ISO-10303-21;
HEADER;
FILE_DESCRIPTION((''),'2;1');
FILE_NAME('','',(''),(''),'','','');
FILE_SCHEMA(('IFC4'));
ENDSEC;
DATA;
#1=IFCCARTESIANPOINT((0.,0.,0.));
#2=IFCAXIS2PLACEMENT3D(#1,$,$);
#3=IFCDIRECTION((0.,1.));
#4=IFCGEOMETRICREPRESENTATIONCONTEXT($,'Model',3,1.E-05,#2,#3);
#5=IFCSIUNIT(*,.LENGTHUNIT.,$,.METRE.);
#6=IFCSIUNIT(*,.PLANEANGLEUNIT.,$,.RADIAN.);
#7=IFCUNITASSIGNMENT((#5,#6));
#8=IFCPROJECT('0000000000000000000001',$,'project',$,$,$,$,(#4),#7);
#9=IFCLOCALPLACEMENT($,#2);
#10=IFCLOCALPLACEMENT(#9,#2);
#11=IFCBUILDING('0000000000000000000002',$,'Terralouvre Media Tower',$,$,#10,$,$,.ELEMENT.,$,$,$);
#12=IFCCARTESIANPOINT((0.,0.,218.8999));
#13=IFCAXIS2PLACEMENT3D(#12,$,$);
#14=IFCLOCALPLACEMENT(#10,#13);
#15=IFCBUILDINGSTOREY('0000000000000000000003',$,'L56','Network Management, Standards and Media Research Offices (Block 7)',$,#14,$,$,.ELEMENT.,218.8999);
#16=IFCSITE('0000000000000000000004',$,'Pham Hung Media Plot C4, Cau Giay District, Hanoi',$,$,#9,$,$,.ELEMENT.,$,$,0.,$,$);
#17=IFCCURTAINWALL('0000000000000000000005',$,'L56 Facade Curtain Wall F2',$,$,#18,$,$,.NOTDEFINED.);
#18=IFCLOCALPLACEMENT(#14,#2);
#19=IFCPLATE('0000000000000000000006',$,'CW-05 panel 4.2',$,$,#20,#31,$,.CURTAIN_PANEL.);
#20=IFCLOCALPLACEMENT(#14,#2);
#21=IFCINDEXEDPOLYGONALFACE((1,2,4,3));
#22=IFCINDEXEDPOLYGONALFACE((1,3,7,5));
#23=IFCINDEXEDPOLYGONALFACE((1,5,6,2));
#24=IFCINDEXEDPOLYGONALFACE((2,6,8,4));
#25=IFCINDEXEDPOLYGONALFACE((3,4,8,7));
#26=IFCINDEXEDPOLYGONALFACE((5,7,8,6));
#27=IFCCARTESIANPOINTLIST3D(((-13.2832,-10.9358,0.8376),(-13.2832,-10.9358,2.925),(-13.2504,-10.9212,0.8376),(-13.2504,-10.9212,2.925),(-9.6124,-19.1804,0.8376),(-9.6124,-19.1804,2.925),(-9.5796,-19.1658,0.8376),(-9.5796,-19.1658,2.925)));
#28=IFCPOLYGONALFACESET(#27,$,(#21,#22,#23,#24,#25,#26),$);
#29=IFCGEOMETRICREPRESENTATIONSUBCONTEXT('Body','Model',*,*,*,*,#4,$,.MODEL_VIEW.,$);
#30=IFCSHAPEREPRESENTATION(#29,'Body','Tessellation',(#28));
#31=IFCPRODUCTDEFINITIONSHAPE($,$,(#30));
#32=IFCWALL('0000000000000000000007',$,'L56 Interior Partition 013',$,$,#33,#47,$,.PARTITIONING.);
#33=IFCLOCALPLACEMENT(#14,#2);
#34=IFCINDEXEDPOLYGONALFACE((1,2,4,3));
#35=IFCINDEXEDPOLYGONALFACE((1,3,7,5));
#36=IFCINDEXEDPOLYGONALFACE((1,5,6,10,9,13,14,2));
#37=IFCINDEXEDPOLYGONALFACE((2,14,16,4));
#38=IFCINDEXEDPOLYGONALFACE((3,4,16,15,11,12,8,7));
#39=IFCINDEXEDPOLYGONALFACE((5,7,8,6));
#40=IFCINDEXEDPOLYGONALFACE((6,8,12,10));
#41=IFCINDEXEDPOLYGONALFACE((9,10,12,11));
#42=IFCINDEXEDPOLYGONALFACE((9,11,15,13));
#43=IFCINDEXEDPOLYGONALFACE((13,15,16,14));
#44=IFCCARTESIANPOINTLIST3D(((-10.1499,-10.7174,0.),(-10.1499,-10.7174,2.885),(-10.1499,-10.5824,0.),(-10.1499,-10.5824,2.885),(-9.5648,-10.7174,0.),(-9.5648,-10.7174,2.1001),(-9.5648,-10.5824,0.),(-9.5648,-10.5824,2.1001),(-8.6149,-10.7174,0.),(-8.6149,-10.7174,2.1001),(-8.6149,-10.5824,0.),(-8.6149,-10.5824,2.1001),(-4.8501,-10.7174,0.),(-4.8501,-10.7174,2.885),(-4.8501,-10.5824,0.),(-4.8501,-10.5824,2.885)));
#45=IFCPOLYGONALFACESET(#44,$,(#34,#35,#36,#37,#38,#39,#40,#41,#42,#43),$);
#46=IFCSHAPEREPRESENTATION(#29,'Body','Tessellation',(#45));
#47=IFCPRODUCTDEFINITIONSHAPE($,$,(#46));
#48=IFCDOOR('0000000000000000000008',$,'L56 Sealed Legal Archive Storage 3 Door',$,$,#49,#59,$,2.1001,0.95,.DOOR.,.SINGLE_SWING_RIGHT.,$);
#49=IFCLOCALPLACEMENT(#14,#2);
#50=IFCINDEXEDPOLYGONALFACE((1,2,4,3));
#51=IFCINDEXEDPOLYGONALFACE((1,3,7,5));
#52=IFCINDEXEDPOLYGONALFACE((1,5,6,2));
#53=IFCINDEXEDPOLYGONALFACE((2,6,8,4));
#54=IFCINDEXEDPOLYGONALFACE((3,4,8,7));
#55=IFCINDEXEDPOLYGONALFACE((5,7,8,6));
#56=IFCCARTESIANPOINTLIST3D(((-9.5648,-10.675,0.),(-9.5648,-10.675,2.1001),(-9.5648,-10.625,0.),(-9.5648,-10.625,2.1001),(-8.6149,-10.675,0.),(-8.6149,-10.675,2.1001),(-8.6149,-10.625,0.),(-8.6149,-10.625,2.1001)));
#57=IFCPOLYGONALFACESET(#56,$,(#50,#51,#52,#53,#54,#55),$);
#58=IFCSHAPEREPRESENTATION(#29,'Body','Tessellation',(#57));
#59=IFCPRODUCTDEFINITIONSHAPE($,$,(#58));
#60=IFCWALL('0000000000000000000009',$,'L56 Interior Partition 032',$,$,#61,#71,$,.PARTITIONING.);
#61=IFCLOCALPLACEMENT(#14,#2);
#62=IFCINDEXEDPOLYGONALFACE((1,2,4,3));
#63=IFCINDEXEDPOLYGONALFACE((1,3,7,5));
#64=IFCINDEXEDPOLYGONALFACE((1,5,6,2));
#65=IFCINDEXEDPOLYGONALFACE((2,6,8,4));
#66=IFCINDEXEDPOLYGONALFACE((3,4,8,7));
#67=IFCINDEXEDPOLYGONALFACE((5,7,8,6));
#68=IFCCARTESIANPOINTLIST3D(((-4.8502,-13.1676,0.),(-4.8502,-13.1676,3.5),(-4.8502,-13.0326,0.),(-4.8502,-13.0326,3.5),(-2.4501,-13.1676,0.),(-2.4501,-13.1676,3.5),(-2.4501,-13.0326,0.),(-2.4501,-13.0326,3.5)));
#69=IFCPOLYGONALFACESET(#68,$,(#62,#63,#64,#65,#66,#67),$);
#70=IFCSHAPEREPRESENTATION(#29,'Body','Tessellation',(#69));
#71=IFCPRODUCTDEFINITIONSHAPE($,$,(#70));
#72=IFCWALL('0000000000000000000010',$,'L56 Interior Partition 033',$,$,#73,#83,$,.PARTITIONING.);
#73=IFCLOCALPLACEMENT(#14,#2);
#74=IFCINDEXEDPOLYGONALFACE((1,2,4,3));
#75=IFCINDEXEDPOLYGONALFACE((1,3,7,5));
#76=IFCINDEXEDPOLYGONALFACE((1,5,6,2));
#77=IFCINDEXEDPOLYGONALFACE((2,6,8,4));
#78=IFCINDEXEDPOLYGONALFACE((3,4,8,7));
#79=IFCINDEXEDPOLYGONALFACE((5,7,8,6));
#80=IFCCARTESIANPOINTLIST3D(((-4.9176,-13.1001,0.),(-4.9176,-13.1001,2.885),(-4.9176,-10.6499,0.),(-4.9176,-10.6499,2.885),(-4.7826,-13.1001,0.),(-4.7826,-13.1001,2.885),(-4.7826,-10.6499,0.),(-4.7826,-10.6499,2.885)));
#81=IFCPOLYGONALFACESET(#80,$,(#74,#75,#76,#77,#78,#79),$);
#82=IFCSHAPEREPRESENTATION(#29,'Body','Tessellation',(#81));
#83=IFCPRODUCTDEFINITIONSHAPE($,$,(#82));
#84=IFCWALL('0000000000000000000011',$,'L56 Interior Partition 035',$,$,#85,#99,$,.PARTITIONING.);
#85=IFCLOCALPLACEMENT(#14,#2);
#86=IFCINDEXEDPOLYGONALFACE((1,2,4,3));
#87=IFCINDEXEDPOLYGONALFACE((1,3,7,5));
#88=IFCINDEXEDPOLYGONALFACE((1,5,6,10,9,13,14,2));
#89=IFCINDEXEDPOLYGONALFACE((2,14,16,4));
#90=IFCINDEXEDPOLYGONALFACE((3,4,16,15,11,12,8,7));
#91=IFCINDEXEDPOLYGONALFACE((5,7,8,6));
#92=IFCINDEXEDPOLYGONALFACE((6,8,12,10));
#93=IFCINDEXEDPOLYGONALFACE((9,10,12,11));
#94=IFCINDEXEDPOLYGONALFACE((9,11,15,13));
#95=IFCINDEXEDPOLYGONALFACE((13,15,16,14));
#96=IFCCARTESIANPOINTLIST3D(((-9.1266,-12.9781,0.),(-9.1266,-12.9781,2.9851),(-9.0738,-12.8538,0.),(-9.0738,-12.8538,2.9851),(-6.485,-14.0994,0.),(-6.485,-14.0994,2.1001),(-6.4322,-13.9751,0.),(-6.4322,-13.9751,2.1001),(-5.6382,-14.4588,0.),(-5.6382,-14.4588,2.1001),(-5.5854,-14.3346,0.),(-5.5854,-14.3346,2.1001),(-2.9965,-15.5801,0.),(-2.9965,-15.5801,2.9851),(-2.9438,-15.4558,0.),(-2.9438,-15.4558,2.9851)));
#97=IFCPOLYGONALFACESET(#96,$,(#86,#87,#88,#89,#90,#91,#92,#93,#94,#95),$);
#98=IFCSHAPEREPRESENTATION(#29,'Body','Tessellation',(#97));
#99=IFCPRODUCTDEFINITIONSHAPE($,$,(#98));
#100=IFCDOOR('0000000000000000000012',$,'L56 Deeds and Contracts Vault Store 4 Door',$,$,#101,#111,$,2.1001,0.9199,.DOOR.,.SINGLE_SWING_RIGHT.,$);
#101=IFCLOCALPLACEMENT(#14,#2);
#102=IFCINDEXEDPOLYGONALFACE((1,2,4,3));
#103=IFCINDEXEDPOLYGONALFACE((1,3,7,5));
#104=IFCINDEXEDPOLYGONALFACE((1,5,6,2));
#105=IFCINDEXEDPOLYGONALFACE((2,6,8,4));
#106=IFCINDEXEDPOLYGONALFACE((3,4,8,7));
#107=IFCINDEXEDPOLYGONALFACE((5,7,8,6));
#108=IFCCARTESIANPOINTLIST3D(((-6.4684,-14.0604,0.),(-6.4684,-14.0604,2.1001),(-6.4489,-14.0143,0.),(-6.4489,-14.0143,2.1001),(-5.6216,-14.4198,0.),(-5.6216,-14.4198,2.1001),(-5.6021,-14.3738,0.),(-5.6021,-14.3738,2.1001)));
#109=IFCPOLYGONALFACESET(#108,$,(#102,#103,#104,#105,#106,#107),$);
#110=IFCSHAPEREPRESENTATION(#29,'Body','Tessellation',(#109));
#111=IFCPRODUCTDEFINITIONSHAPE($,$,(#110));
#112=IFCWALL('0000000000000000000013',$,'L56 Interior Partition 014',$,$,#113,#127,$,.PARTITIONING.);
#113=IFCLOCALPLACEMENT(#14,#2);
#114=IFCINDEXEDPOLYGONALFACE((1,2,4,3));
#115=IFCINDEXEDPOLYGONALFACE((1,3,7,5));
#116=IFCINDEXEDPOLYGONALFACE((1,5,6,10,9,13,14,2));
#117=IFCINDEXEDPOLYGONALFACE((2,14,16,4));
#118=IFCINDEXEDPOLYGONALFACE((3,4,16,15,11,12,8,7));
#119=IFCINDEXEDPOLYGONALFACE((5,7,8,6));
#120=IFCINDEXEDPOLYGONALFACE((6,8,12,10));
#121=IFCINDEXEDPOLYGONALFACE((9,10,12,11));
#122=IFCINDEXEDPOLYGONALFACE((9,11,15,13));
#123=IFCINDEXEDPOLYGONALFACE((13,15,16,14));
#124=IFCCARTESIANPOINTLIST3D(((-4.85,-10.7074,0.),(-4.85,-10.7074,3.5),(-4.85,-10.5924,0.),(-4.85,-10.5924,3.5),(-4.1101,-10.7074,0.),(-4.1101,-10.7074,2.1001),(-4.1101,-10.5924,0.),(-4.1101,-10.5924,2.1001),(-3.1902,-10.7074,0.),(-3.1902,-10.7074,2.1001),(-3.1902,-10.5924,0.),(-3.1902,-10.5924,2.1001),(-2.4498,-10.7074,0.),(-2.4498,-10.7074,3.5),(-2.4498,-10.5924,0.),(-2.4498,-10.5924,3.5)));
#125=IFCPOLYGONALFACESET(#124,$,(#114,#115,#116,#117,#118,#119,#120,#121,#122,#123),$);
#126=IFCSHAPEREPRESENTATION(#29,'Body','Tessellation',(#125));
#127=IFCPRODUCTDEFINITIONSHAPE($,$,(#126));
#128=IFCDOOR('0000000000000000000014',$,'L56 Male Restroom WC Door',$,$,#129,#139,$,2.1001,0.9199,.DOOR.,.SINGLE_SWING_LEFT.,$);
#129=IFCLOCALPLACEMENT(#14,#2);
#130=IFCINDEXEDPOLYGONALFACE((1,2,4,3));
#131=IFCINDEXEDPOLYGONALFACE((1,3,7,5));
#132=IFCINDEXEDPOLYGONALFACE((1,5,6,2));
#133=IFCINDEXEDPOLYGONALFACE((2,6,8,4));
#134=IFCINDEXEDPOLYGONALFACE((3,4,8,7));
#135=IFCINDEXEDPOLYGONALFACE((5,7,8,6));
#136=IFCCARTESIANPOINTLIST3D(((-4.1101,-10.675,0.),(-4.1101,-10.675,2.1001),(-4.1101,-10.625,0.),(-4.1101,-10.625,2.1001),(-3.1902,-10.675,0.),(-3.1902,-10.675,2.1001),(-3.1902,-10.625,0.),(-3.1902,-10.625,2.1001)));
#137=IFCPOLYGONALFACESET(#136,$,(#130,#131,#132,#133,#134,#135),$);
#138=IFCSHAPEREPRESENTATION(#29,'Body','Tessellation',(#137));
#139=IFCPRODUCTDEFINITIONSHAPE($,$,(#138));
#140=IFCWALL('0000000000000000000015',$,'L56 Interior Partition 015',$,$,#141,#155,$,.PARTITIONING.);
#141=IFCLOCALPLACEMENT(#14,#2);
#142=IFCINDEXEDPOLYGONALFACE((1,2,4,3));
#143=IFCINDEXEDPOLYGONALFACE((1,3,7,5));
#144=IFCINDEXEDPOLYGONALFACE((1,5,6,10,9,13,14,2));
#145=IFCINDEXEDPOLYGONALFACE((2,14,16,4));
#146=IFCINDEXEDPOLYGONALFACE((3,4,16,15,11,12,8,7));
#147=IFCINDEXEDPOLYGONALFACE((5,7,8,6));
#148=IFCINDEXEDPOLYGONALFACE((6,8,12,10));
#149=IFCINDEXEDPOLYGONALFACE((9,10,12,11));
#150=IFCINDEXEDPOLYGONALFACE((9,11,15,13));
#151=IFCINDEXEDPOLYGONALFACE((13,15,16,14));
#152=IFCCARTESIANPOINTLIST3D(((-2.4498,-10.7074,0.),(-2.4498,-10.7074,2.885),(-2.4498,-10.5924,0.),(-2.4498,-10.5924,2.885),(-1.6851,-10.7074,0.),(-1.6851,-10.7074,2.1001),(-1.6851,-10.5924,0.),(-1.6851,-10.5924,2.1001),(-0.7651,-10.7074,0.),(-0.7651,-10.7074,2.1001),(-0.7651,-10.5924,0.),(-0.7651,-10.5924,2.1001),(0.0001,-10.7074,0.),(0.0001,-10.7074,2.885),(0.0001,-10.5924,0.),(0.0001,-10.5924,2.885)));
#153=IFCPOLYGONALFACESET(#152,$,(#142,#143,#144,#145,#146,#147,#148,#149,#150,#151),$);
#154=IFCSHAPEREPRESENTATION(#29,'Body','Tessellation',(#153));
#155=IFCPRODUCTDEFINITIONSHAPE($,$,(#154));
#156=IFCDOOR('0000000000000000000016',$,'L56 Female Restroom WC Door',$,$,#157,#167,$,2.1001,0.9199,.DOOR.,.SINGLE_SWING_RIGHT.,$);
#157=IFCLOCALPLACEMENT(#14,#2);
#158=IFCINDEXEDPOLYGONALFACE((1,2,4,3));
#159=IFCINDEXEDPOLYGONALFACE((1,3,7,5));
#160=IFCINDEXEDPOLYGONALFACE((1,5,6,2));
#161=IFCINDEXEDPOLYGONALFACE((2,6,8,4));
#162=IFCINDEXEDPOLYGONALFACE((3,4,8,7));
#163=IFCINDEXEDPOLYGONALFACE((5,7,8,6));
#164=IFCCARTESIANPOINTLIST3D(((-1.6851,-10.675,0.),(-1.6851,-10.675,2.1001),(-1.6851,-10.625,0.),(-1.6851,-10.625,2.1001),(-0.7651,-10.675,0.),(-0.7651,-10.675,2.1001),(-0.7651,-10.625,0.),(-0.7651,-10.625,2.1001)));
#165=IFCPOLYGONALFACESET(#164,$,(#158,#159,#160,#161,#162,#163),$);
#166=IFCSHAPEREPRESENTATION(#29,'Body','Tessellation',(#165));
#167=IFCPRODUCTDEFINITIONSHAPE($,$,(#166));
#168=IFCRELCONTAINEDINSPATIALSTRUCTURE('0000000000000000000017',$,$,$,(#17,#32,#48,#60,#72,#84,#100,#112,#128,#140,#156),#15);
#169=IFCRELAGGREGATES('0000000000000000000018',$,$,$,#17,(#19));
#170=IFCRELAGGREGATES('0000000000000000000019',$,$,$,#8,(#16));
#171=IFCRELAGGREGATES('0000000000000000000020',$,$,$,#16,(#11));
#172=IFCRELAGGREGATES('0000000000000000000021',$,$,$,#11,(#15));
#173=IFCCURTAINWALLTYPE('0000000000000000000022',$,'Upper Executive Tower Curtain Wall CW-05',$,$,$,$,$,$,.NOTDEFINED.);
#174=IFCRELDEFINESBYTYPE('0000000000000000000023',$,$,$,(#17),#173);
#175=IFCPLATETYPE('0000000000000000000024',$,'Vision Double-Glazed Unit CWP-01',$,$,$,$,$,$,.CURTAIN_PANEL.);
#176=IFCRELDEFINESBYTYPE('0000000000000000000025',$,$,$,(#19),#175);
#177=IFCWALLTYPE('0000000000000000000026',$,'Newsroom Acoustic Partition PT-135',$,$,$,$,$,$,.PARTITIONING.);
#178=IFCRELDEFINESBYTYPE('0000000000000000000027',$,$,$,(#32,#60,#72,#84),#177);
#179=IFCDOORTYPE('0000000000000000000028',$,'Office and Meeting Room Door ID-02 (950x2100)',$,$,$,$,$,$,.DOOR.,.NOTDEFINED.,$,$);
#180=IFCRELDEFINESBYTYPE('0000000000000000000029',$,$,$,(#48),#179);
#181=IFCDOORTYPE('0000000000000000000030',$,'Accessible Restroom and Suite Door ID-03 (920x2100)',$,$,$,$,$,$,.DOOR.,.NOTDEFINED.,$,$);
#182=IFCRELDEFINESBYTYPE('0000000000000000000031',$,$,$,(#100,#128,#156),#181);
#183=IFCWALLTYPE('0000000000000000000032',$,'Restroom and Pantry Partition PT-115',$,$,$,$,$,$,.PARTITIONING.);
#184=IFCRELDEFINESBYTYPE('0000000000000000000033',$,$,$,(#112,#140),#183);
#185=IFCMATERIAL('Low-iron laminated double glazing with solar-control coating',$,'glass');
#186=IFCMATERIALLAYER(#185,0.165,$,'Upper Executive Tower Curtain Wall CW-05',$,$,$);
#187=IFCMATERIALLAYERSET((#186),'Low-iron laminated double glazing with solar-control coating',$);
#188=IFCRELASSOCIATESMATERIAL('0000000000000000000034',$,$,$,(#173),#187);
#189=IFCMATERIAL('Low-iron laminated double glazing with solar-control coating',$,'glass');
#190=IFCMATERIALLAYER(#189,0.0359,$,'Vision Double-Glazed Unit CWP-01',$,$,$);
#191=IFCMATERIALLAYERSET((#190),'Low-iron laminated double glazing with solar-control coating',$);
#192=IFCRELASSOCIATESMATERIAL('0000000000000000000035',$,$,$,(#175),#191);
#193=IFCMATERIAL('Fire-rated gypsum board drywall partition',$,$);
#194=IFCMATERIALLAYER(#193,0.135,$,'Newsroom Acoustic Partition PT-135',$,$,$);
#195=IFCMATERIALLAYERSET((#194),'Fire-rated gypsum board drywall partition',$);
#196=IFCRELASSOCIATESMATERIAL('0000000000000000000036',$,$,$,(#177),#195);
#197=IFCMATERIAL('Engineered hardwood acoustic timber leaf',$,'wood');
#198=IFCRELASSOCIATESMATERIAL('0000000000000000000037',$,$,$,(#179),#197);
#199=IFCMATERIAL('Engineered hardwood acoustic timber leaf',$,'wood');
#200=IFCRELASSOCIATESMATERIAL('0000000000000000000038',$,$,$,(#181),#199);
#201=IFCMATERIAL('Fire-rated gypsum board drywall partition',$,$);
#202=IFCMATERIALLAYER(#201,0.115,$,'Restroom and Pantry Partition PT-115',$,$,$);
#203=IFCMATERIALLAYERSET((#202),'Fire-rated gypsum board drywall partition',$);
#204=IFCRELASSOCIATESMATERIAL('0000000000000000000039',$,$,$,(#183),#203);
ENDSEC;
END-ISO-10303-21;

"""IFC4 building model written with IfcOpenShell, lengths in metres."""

from ifc_helpers import new_model, si_unit, direction, frame, frame_2d, origin, origin_2d, place, context, subcontext, project, spatial, rectangle, extrude, material, layer, layer_set, type_object, element, fill, aggregate, save


model = new_model("IFC4")

# Units and contexts
model_context = context("Model", 3, precision=1e-05, world=origin(), true_north=direction((0.0, 1.0)))
body_context = subcontext(model_context, "Body", "Model", "MODEL_VIEW")
ifc_project = project(units=[si_unit("LENGTHUNIT", "METRE"), si_unit("PLANEANGLEUNIT", "RADIAN")], contexts=[model_context])

# Site, building, storey
site_placement = place(None, origin())
site = spatial("IfcSite", under=ifc_project, at=site_placement, Name="Pham Hung Media Plot C4, Cau Giay District, Hanoi", CompositionType="ELEMENT", RefElevation=0.0)
building_placement = place(site_placement, origin())
building = spatial("IfcBuilding", under=site, at=building_placement, Name="Terralouvre Media Tower", CompositionType="ELEMENT")
storey_placement = place(building_placement, frame((0.0, 0.0, 218.8999)))
storey = spatial("IfcBuildingStorey", under=building, at=storey_placement, Name="L56", Description="Network Management, Standards and Media Research Offices (Block 7)", CompositionType="ELEMENT", Elevation=218.8999)

# Curtain wall
ifc_material_1 = material(Name="Low-iron laminated double glazing with solar-control coating", Category="glass")
ifc_layer_1 = layer(ifc_material_1, 0.165, Name="Upper Executive Tower Curtain Wall CW-05")
ifc_layer_set_1 = layer_set([ifc_layer_1], Name="Low-iron laminated double glazing with solar-control coating")
curtain_wall_type = type_object("IfcCurtainWallType", Name="Upper Executive Tower Curtain Wall CW-05", PredefinedType="NOTDEFINED", material=ifc_layer_set_1)
curtain_wall_placement = place(storey_placement, origin())
curtain_wall = element("IfcCurtainWall", 1, at=curtain_wall_placement, inside=storey, type_object=curtain_wall_type, Name="L56 Facade Curtain Wall F2", PredefinedType="NOTDEFINED")

# Plate
ifc_material_2 = material(Name="Low-iron laminated double glazing with solar-control coating", Category="glass")
ifc_layer_2 = layer(ifc_material_2, 0.0359, Name="Vision Double-Glazed Unit CWP-01")
ifc_layer_set_2 = layer_set([ifc_layer_2], Name="Low-iron laminated double glazing with solar-control coating")
plate_type = type_object("IfcPlateType", Name="Vision Double-Glazed Unit CWP-01", PredefinedType="CURTAIN_PANEL", material=ifc_layer_set_2)
plate_1_placement = place(storey_placement, frame((-11.4314, -15.0508, 0.8376), z_axis=(0.0, 0.0, 1.0), x_axis=(0.406737, -0.913545, 0.0)))
plate_1 = element("IfcPlate", 2, at=plate_1_placement, type_object=plate_type, Name="CW-05 panel 4.2", PredefinedType="CURTAIN_PANEL", context=body_context, shape_type="SweptSolid", body=[
    extrude(rectangle(XDim=9.0249, YDim=0.0359, at=origin_2d()), origin(), (0.0, 0.0, 1.0), 2.0874),
])
aggregate(curtain_wall, [plate_1])

# Wall, opening, door
ifc_material_3 = material(Name="Fire-rated gypsum board drywall partition")
ifc_layer_3 = layer(ifc_material_3, 0.135, Name="Newsroom Acoustic Partition PT-135")
ifc_layer_set_3 = layer_set([ifc_layer_3], Name="Fire-rated gypsum board drywall partition")
wall_type_1 = type_object("IfcWallType", Name="Newsroom Acoustic Partition PT-135", PredefinedType="PARTITIONING", material=ifc_layer_set_3)
wall_1_placement = place(storey_placement, frame((-10.1499, -10.6499, 0.0), z_axis=(0.0, 0.0, 1.0), x_axis=(1.0, 0.0, 0.0)))
wall_1 = element("IfcWall", 3, at=wall_1_placement, inside=storey, type_object=wall_type_1, Name="L56 Interior Partition 013", PredefinedType="PARTITIONING", context=body_context, shape_type="SweptSolid", body=[
    extrude(rectangle(XDim=5.2998, YDim=0.135, at=frame_2d((2.6499, 0.0))), origin(), (0.0, 0.0, 1.0), 2.885),
])
opening_1_placement = place(wall_1_placement, frame((0.585, 0.0, 0.0)))
opening_1 = element("IfcOpeningElement", 4, at=opening_1_placement, cuts=wall_1, PredefinedType="OPENING", context=body_context, shape_type="SweptSolid", body=[
    extrude(rectangle(XDim=0.95, YDim=2.1001, at=frame_2d((0.4751, 1.05))), frame((0.0, 0.0774, 0.0), z_axis=(0.0, -1.0, 0.0), x_axis=(1.0, 0.0, 0.0)), (0.0, 0.0, 1.0), 0.155),
])
ifc_material_4 = material(Name="Engineered hardwood acoustic timber leaf", Category="wood")
door_type_1 = type_object("IfcDoorType", Name="Office and Meeting Room Door ID-02 (950x2100)", OperationType="NOTDEFINED", PredefinedType="DOOR", material=ifc_material_4)
door_1_placement = place(opening_1_placement, origin())
door_1 = element("IfcDoor", 5, at=door_1_placement, inside=storey, type_object=door_type_1, Name="L56 Sealed Legal Archive Storage 3 Door", OperationType="SINGLE_SWING_RIGHT", OverallHeight=2.1001, OverallWidth=0.95, PredefinedType="DOOR", context=body_context, shape_type="SweptSolid", body=[
    extrude(rectangle(XDim=0.95, YDim=2.1001, at=frame_2d((0.4751, 1.05))), frame((0.0, 0.0249, 0.0), z_axis=(0.0, -1.0, 0.0), x_axis=(1.0, 0.0, 0.0)), (0.0, 0.0, 1.0), 0.05),
])
fill(opening_1, door_1)

# Walls
wall_2_placement = place(storey_placement, frame((-2.45, -13.1001, 0.0), z_axis=(0.0, 0.0, 1.0), x_axis=(-1.0, 0.0, 0.0)))
element("IfcWall", 6, at=wall_2_placement, inside=storey, type_object=wall_type_1, Name="L56 Interior Partition 032", PredefinedType="PARTITIONING", context=body_context, shape_type="SweptSolid", body=[
    extrude(rectangle(XDim=2.4001, YDim=0.135, at=frame_2d((1.2002, 0.0))), origin(), (0.0, 0.0, 1.0), 3.5),
])
wall_3_placement = place(storey_placement, frame((-4.8501, -13.1001, 0.0), z_axis=(0.0, 0.0, 1.0), x_axis=(0.0, 1.0, 0.0)))
element("IfcWall", 7, at=wall_3_placement, inside=storey, type_object=wall_type_1, Name="L56 Interior Partition 033", PredefinedType="PARTITIONING", context=body_context, shape_type="SweptSolid", body=[
    extrude(rectangle(XDim=2.4502, YDim=0.135, at=frame_2d((1.2251, 0.0))), origin(), (0.0, 0.0, 1.0), 2.885),
])

# Walls, openings, doors
wall_4_placement = place(storey_placement, frame((-9.1001, -12.916, 0.0), z_axis=(0.0, 0.0, 1.0), x_axis=(0.920507, -0.390727, 0.0)))
wall_4 = element("IfcWall", 8, at=wall_4_placement, inside=storey, type_object=wall_type_1, Name="L56 Interior Partition 035", PredefinedType="PARTITIONING", context=body_context, shape_type="SweptSolid", body=[
    extrude(rectangle(XDim=6.6594, YDim=0.135, at=frame_2d((3.3296, 0.0))), origin(), (0.0, 0.0, 1.0), 2.9851),
])
opening_2_placement = place(wall_4_placement, frame((2.8696, 0.0, 0.0)))
opening_2 = element("IfcOpeningElement", 9, at=opening_2_placement, cuts=wall_4, PredefinedType="OPENING", context=body_context, shape_type="SweptSolid", body=[
    extrude(rectangle(XDim=0.9199, YDim=2.1001, at=frame_2d((0.46, 1.05))), frame((0.0, 0.0774, 0.0), z_axis=(0.0, -1.0, 0.0), x_axis=(1.0, 0.0, 0.0)), (0.0, 0.0, 1.0), 0.155),
])
ifc_material_5 = material(Name="Engineered hardwood acoustic timber leaf", Category="wood")
door_type_2 = type_object("IfcDoorType", Name="Accessible Restroom and Suite Door ID-03 (920x2100)", OperationType="NOTDEFINED", PredefinedType="DOOR", material=ifc_material_5)
door_2_placement = place(opening_2_placement, origin())
door_2 = element("IfcDoor", 10, at=door_2_placement, inside=storey, type_object=door_type_2, Name="L56 Deeds and Contracts Vault Store 4 Door", OperationType="SINGLE_SWING_RIGHT", OverallHeight=2.1001, OverallWidth=0.9199, PredefinedType="DOOR", context=body_context, shape_type="SweptSolid", body=[
    extrude(rectangle(XDim=0.9199, YDim=2.1001, at=frame_2d((0.46, 1.05))), frame((0.0, 0.0249, 0.0), z_axis=(0.0, -1.0, 0.0), x_axis=(1.0, 0.0, 0.0)), (0.0, 0.0, 1.0), 0.05),
])
fill(opening_2, door_2)
ifc_material_6 = material(Name="Fire-rated gypsum board drywall partition")
ifc_layer_4 = layer(ifc_material_6, 0.115, Name="Restroom and Pantry Partition PT-115")
ifc_layer_set_4 = layer_set([ifc_layer_4], Name="Fire-rated gypsum board drywall partition")
wall_type_2 = type_object("IfcWallType", Name="Restroom and Pantry Partition PT-115", PredefinedType="PARTITIONING", material=ifc_layer_set_4)
wall_5_placement = place(storey_placement, frame((-4.8501, -10.6499, 0.0), z_axis=(0.0, 0.0, 1.0), x_axis=(1.0, 0.0, 0.0)))
wall_5 = element("IfcWall", 11, at=wall_5_placement, inside=storey, type_object=wall_type_2, Name="L56 Interior Partition 014", PredefinedType="PARTITIONING", context=body_context, shape_type="SweptSolid", body=[
    extrude(rectangle(XDim=2.4001, YDim=0.115, at=frame_2d((1.2002, 0.0))), origin(), (0.0, 0.0, 1.0), 3.5),
])
opening_3_placement = place(wall_5_placement, frame((0.74, 0.0, 0.0)))
opening_3 = element("IfcOpeningElement", 12, at=opening_3_placement, cuts=wall_5, PredefinedType="OPENING", context=body_context, shape_type="SweptSolid", body=[
    extrude(rectangle(XDim=0.9199, YDim=2.1001, at=frame_2d((0.46, 1.05))), frame((0.0, 0.0674, 0.0), z_axis=(0.0, -1.0, 0.0), x_axis=(1.0, 0.0, 0.0)), (0.0, 0.0, 1.0), 0.135),
])
door_3_placement = place(opening_3_placement, origin())
door_3 = element("IfcDoor", 13, at=door_3_placement, inside=storey, type_object=door_type_2, Name="L56 Male Restroom WC Door", OperationType="SINGLE_SWING_LEFT", OverallHeight=2.1001, OverallWidth=0.9199, PredefinedType="DOOR", context=body_context, shape_type="SweptSolid", body=[
    extrude(rectangle(XDim=0.9199, YDim=2.1001, at=frame_2d((0.46, 1.05))), frame((0.0, 0.0249, 0.0), z_axis=(0.0, -1.0, 0.0), x_axis=(1.0, 0.0, 0.0)), (0.0, 0.0, 1.0), 0.05),
])
fill(opening_3, door_3)
wall_6_placement = place(storey_placement, frame((-2.45, -10.6499, 0.0), z_axis=(0.0, 0.0, 1.0), x_axis=(1.0, 0.0, 0.0)))
wall_6 = element("IfcWall", 14, at=wall_6_placement, inside=storey, type_object=wall_type_2, Name="L56 Interior Partition 015", PredefinedType="PARTITIONING", context=body_context, shape_type="SweptSolid", body=[
    extrude(rectangle(XDim=2.45, YDim=0.115, at=frame_2d((1.2251, 0.0))), origin(), (0.0, 0.0, 1.0), 2.885),
])
opening_4_placement = place(wall_6_placement, frame((0.7649, 0.0, 0.0)))
opening_4 = element("IfcOpeningElement", 15, at=opening_4_placement, cuts=wall_6, PredefinedType="OPENING", context=body_context, shape_type="SweptSolid", body=[
    extrude(rectangle(XDim=0.9199, YDim=2.1001, at=frame_2d((0.46, 1.05))), frame((0.0, 0.0674, 0.0), z_axis=(0.0, -1.0, 0.0), x_axis=(1.0, 0.0, 0.0)), (0.0, 0.0, 1.0), 0.135),
])
door_4_placement = place(opening_4_placement, origin())
door_4 = element("IfcDoor", 16, at=door_4_placement, inside=storey, type_object=door_type_2, Name="L56 Female Restroom WC Door", OperationType="SINGLE_SWING_RIGHT", OverallHeight=2.1001, OverallWidth=0.9199, PredefinedType="DOOR", context=body_context, shape_type="SweptSolid", body=[
    extrude(rectangle(XDim=0.9199, YDim=2.1001, at=frame_2d((0.46, 1.05))), frame((0.0, 0.0249, 0.0), z_axis=(0.0, -1.0, 0.0), x_axis=(1.0, 0.0, 0.0)), (0.0, 0.0, 1.0), 0.05),
])
fill(opening_4, door_4)

save(model, "model.ifc")
